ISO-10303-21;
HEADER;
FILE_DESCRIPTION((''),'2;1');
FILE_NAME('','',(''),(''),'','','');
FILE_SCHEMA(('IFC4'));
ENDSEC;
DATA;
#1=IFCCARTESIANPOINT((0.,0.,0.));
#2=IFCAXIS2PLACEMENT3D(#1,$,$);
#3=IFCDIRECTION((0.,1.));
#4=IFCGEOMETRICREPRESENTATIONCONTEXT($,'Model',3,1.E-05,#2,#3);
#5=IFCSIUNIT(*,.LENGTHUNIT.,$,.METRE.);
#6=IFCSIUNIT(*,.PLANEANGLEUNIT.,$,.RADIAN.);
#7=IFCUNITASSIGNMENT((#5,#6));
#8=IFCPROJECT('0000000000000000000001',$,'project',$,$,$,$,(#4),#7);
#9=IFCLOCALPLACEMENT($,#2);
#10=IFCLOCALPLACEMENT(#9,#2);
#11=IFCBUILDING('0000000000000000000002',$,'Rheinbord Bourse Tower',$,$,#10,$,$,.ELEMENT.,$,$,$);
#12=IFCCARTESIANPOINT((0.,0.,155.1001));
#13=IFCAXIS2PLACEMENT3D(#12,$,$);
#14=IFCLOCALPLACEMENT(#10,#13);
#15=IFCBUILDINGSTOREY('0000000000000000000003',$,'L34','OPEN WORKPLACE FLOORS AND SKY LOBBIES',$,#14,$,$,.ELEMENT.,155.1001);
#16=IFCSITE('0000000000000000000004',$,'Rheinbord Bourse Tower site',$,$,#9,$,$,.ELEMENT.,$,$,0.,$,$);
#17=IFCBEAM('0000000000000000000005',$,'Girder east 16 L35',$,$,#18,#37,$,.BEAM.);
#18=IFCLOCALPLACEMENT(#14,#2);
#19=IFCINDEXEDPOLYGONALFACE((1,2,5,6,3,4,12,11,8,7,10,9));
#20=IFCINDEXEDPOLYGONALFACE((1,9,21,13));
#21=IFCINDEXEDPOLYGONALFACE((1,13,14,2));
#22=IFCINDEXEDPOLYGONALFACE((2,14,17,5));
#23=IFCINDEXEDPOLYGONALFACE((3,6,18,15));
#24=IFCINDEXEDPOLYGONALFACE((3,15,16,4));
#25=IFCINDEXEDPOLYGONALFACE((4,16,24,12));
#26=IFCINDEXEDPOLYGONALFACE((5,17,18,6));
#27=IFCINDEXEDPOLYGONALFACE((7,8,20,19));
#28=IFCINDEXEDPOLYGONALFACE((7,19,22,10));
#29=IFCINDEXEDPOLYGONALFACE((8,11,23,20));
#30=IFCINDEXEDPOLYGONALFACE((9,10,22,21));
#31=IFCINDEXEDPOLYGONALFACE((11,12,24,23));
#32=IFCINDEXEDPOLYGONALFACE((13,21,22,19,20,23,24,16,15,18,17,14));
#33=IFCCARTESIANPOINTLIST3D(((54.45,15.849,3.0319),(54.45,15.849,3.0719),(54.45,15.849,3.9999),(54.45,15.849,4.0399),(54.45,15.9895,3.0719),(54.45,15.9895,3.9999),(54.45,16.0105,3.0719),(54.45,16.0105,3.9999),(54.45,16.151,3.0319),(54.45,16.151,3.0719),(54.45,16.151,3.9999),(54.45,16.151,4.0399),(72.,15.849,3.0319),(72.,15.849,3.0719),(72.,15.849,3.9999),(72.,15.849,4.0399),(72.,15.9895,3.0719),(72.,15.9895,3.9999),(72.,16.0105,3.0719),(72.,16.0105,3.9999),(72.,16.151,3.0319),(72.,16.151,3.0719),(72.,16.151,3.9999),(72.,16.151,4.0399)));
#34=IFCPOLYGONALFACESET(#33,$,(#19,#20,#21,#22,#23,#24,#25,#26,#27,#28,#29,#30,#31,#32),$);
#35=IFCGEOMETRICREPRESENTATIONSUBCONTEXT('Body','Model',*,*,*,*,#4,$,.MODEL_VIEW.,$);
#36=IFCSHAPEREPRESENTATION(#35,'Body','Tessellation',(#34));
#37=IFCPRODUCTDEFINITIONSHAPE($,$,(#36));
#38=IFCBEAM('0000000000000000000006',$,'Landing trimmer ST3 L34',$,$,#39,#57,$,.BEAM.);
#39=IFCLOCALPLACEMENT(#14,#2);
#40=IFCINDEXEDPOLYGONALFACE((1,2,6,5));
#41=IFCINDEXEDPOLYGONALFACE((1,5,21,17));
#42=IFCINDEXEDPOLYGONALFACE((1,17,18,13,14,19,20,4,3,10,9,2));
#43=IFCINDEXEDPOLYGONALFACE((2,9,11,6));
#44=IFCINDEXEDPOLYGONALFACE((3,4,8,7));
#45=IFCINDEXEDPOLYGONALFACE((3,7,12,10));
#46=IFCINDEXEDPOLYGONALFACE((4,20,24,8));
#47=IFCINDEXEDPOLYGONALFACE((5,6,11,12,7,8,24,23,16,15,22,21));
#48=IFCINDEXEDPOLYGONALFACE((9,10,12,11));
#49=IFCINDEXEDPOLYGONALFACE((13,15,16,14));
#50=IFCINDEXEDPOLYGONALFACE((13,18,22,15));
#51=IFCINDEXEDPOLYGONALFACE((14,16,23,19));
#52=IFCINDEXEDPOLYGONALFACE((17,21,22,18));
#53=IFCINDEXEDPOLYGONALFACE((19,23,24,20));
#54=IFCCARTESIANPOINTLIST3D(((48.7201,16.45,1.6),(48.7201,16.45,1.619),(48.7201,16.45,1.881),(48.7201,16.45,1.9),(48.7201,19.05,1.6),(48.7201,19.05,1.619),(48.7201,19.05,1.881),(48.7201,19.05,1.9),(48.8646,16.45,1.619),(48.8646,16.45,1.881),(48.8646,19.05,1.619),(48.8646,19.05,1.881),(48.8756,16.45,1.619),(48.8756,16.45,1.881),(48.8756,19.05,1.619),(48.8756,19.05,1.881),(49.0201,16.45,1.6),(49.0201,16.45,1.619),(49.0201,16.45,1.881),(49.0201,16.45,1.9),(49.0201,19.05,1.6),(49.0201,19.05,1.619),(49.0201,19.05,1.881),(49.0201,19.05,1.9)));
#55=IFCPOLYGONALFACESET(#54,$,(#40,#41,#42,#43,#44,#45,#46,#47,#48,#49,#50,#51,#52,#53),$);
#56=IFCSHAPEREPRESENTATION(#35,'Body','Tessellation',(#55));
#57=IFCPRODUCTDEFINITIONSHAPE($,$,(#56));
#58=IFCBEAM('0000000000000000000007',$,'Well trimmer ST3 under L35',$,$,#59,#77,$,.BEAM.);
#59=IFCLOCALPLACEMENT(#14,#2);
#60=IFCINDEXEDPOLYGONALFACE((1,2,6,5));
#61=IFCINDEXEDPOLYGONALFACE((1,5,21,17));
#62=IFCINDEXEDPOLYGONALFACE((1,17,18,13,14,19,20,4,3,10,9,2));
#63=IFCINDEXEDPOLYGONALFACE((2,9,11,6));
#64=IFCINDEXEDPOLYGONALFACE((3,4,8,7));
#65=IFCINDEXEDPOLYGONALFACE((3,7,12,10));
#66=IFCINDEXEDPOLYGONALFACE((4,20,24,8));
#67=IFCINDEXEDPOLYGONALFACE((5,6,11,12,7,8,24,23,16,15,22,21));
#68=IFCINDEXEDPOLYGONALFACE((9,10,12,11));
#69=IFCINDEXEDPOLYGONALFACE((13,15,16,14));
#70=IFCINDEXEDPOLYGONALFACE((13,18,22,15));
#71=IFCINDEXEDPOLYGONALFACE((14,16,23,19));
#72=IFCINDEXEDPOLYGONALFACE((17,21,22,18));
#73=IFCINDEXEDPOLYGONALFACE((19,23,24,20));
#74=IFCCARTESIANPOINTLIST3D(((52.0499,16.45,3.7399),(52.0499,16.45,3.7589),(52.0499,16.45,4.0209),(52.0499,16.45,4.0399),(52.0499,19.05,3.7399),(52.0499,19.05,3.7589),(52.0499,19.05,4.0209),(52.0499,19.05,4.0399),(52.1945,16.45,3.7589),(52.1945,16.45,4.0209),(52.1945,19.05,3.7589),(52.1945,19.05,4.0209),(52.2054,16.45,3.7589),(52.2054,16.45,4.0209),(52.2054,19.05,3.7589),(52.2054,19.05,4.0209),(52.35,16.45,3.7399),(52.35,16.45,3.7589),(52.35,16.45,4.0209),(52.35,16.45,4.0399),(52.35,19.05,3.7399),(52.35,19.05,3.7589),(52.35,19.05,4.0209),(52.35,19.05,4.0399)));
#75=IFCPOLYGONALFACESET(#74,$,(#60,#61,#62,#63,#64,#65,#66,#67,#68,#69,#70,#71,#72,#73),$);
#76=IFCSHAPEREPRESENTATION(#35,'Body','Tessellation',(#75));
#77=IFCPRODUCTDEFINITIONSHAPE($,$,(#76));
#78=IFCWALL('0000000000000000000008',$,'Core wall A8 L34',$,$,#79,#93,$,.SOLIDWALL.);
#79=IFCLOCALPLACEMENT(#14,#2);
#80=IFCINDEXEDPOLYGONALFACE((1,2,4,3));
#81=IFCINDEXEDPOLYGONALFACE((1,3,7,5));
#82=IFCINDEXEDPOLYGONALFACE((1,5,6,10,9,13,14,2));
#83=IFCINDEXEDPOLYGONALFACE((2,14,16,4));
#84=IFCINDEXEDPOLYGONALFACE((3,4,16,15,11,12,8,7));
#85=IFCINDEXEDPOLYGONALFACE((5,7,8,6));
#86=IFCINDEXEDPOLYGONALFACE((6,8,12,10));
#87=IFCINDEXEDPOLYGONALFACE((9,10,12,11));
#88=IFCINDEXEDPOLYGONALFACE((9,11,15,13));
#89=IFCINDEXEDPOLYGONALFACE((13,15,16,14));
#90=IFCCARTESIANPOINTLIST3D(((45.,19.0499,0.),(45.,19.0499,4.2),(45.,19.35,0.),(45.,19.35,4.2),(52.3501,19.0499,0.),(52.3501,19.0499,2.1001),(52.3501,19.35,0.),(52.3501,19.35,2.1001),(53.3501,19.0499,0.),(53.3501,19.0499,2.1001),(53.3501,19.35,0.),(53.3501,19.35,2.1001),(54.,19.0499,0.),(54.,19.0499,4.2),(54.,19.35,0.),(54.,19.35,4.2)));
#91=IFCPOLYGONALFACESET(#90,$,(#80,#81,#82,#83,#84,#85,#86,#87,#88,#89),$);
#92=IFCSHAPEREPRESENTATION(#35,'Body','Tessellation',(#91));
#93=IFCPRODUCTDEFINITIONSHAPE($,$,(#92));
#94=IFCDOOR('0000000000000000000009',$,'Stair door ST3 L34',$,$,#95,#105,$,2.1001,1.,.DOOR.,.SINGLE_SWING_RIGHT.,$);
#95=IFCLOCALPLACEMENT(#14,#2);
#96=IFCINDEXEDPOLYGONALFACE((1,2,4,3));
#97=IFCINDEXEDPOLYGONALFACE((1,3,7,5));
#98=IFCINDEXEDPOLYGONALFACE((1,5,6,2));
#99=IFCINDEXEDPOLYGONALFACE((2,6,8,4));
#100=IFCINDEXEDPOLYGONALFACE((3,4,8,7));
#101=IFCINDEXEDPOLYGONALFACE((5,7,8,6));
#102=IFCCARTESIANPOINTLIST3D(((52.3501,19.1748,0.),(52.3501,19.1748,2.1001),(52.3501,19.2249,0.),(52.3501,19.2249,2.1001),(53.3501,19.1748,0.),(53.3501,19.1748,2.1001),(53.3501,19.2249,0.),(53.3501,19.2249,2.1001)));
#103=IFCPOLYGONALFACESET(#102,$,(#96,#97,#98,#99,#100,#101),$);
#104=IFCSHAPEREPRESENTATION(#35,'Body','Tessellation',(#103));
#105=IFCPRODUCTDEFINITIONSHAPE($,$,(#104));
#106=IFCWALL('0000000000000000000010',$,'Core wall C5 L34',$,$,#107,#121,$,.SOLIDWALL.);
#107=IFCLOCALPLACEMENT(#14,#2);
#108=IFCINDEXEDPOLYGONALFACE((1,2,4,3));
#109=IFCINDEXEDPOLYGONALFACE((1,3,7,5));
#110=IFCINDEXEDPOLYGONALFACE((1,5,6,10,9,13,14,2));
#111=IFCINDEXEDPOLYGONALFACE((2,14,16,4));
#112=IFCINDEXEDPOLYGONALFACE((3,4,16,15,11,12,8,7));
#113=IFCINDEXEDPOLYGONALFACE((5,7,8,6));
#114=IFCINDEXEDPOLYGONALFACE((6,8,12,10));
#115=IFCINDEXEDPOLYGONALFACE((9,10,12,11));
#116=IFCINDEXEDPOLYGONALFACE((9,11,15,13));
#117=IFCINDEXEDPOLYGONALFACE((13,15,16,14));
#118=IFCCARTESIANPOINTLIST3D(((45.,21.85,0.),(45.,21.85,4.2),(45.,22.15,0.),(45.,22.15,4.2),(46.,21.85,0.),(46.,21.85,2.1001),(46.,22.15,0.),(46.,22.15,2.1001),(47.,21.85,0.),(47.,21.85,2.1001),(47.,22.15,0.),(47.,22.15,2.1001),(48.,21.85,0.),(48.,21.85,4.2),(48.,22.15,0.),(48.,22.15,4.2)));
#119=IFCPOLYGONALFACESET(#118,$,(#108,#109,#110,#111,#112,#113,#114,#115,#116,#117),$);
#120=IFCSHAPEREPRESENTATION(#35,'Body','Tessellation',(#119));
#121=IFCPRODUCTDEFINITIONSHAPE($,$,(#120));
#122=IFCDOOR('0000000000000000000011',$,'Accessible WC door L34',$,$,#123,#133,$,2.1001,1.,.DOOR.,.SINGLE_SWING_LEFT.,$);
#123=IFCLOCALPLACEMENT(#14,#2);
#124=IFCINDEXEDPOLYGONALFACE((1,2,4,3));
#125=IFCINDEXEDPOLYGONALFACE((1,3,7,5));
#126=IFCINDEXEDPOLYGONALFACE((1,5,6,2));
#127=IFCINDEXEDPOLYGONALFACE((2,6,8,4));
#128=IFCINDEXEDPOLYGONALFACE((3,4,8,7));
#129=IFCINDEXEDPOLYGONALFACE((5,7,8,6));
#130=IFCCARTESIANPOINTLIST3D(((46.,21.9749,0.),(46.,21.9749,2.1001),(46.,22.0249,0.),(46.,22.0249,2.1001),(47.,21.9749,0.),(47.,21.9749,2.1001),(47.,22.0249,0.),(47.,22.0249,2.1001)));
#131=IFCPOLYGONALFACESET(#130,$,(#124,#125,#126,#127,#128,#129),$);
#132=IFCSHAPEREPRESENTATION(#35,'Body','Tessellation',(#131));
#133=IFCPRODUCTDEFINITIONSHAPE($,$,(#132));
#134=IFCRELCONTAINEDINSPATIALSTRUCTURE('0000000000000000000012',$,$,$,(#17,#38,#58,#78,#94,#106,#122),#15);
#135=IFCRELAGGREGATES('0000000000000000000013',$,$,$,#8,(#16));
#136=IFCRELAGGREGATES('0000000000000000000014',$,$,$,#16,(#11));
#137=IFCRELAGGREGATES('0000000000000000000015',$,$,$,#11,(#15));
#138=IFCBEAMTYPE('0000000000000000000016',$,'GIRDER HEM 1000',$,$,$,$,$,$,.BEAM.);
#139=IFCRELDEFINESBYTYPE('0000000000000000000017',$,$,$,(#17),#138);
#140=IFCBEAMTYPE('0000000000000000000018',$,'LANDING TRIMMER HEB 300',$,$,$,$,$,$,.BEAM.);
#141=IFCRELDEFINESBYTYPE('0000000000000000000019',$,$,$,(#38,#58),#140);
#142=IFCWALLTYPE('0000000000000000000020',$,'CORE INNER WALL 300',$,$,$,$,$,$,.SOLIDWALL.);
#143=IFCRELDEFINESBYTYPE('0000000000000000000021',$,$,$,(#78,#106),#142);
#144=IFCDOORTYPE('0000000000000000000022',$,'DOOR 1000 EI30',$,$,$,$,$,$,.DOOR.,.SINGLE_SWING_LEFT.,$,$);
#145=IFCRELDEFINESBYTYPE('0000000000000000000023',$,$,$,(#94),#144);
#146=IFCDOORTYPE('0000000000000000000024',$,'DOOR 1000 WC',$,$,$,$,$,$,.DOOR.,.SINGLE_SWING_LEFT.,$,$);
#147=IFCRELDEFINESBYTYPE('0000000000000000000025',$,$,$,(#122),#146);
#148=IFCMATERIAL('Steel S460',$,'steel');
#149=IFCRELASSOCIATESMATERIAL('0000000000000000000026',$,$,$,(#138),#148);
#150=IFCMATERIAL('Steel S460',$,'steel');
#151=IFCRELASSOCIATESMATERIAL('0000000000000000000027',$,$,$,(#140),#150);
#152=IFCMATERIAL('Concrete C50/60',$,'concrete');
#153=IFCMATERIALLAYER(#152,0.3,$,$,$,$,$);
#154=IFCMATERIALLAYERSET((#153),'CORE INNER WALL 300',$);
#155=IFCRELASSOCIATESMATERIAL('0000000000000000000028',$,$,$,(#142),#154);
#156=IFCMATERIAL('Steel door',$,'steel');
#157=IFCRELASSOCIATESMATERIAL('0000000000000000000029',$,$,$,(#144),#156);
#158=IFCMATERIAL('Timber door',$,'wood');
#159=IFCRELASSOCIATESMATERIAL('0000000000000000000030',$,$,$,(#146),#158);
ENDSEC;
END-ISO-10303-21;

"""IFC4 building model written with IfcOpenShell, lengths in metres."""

from ifc_helpers import new_model, si_unit, direction, frame, frame_2d, origin, origin_2d, place, context, subcontext, project, spatial, rectangle, i_section, extrude, material, layer, layer_set, material_profile, profile_set, type_object, element, fill, save


model = new_model("IFC4")

# Units and contexts
model_context = context("Model", 3, precision=1e-05, world=origin(), true_north=direction((0.0, 1.0)))
body_context = subcontext(model_context, "Body", "Model", "MODEL_VIEW")
ifc_project = project(units=[si_unit("LENGTHUNIT", "METRE"), si_unit("PLANEANGLEUNIT", "RADIAN")], contexts=[model_context])

# Site, building, storey
site_placement = place(None, origin())
site = spatial("IfcSite", under=ifc_project, at=site_placement, Name="Rheinbord Bourse Tower site", CompositionType="ELEMENT", RefElevation=0.0)
building_placement = place(site_placement, origin())
building = spatial("IfcBuilding", under=site, at=building_placement, Name="Rheinbord Bourse Tower", CompositionType="ELEMENT")
storey_placement = place(building_placement, frame((0.0, 0.0, 155.1001)))
storey = spatial("IfcBuildingStorey", under=building, at=storey_placement, Name="L34", Description="OPEN WORKPLACE FLOORS AND SKY LOBBIES", CompositionType="ELEMENT", Elevation=155.1001)

# Beams
ifc_material_1 = material(Name="Steel S460", Category="steel")
ifc_material_profile_1 = material_profile(ifc_material_1, i_section(OverallWidth=0.302, OverallDepth=1.0081, WebThickness=0.021, FlangeThickness=0.04, at=origin_2d()), Name="HEM 1000")
ifc_profile_set_1 = profile_set([ifc_material_profile_1], Name="Steel S460")
beam_type_1 = type_object("IfcBeamType", Name="GIRDER HEM 1000", PredefinedType="BEAM", material=ifc_profile_set_1)
beam_placement = place(storey_placement, frame((54.45, 16.0, 3.5359), z_axis=(1.0, 0.0, 0.0), x_axis=(0.0, 1.0, 0.0)))
element("IfcBeam", 1, at=beam_placement, inside=storey, type_object=beam_type_1, Name="Girder east 16 L35", PredefinedType="BEAM", context=body_context, shape_type="SweptSolid", body=[
    extrude(i_section(OverallWidth=0.302, OverallDepth=1.0081, WebThickness=0.021, FlangeThickness=0.04, at=origin_2d()), origin(), (0.0, 0.0, 1.0), 17.55),
])
ifc_material_2 = material(Name="Steel S460", Category="steel")
ifc_material_profile_2 = material_profile(ifc_material_2, i_section(OverallWidth=0.3, OverallDepth=0.3, WebThickness=0.011, FlangeThickness=0.019, at=origin_2d()), Name="HEB 300")
ifc_profile_set_2 = profile_set([ifc_material_profile_2], Name="Steel S460")
beam_type_2 = type_object("IfcBeamType", Name="LANDING TRIMMER HEB 300", PredefinedType="BEAM", material=ifc_profile_set_2)
for number, where, z_axis, x_axis, name in (
    (2, (48.8701, 16.45, 1.75), (0.0, 1.0, 0.0), (-1.0, 0.0, 0.0), "Landing trimmer ST3 L34"),
    (3, (52.2, 16.45, 3.8899), (0.0, 1.0, 0.0), (-1.0, 0.0, 0.0), "Well trimmer ST3 under L35"),
):
    element("IfcBeam", number, at=place(storey_placement, frame(where, z_axis=z_axis, x_axis=x_axis)), inside=storey, type_object=beam_type_2, Name=name, PredefinedType="BEAM", context=body_context, shape_type="SweptSolid", body=[
        extrude(i_section(OverallWidth=0.3, OverallDepth=0.3, WebThickness=0.011, FlangeThickness=0.019, at=origin_2d()), origin(), (0.0, 0.0, 1.0), 2.6001),
    ])

# Walls, openings, doors
ifc_material_3 = material(Name="Concrete C50/60", Category="concrete")
ifc_layer_1 = layer(ifc_material_3, 0.3)
ifc_layer_set_1 = layer_set([ifc_layer_1], Name="CORE INNER WALL 300")
wall_type_1 = type_object("IfcWallType", Name="CORE INNER WALL 300", PredefinedType="SOLIDWALL", material=ifc_layer_set_1)
wall_1_placement = place(storey_placement, frame((45.0, 19.2, 0.0), z_axis=(0.0, 0.0, 1.0), x_axis=(1.0, 0.0, 0.0)))
wall_1 = element("IfcWall", 4, at=wall_1_placement, inside=storey, type_object=wall_type_1, Name="Core wall A8 L34", PredefinedType="SOLIDWALL", context=body_context, shape_type="SweptSolid", body=[
    extrude(rectangle(XDim=9.0, YDim=0.3, at=frame_2d((4.5, 0.0))), origin(), (0.0, 0.0, 1.0), 4.2),
])
opening_1_placement = place(wall_1_placement, frame((7.3501, 0.0, 0.0)))
opening_1 = element("IfcOpeningElement", 5, at=opening_1_placement, cuts=wall_1, PredefinedType="OPENING", context=body_context, shape_type="SweptSolid", body=[
    extrude(rectangle(XDim=1.0, YDim=2.1001, at=frame_2d((0.5, 1.05))), frame((0.0, 0.1599, 0.0), z_axis=(0.0, -1.0, 0.0), x_axis=(1.0, 0.0, 0.0)), (0.0, 0.0, 1.0), 0.3201),
])
ifc_material_4 = material(Name="Steel door", Category="steel")
door_type_1 = type_object("IfcDoorType", Name="DOOR 1000 EI30", OperationType="SINGLE_SWING_LEFT", PredefinedType="DOOR", material=ifc_material_4)
door_1_placement = place(opening_1_placement, origin())
door_1 = element("IfcDoor", 6, at=door_1_placement, inside=storey, type_object=door_type_1, Name="Stair door ST3 L34", OperationType="SINGLE_SWING_RIGHT", OverallHeight=2.1001, OverallWidth=1.0, PredefinedType="DOOR", context=body_context, shape_type="SweptSolid", body=[
    extrude(rectangle(XDim=1.0, YDim=2.1001, at=frame_2d((0.5, 1.05))), frame((0.0, 0.0249, 0.0), z_axis=(0.0, -1.0, 0.0), x_axis=(1.0, 0.0, 0.0)), (0.0, 0.0, 1.0), 0.05),
])
fill(opening_1, door_1)
wall_2_placement = place(storey_placement, frame((45.0, 22.0, 0.0), z_axis=(0.0, 0.0, 1.0), x_axis=(1.0, 0.0, 0.0)))
wall_2 = element("IfcWall", 7, at=wall_2_placement, inside=storey, type_object=wall_type_1, Name="Core wall C5 L34", PredefinedType="SOLIDWALL", context=body_context, shape_type="SweptSolid", body=[
    extrude(rectangle(XDim=3.0, YDim=0.3, at=frame_2d((1.5, 0.0))), origin(), (0.0, 0.0, 1.0), 4.2),
])
opening_2_placement = place(wall_2_placement, frame((1.0, 0.0, 0.0)))
opening_2 = element("IfcOpeningElement", 8, at=opening_2_placement, cuts=wall_2, PredefinedType="OPENING", context=body_context, shape_type="SweptSolid", body=[
    extrude(rectangle(XDim=1.0, YDim=2.1001, at=frame_2d((0.5, 1.05))), frame((0.0, 0.1599, 0.0), z_axis=(0.0, -1.0, 0.0), x_axis=(1.0, 0.0, 0.0)), (0.0, 0.0, 1.0), 0.3201),
])
ifc_material_5 = material(Name="Timber door", Category="wood")
door_type_2 = type_object("IfcDoorType", Name="DOOR 1000 WC", OperationType="SINGLE_SWING_LEFT", PredefinedType="DOOR", material=ifc_material_5)
door_2_placement = place(opening_2_placement, origin())
door_2 = element("IfcDoor", 9, at=door_2_placement, inside=storey, type_object=door_type_2, Name="Accessible WC door L34", OperationType="SINGLE_SWING_LEFT", OverallHeight=2.1001, OverallWidth=1.0, PredefinedType="DOOR", context=body_context, shape_type="SweptSolid", body=[
    extrude(rectangle(XDim=1.0, YDim=2.1001, at=frame_2d((0.5, 1.05))), frame((0.0, 0.0249, 0.0), z_axis=(0.0, -1.0, 0.0), x_axis=(1.0, 0.0, 0.0)), (0.0, 0.0, 1.0), 0.05),
])
fill(opening_2, door_2)

save(model, "model.ifc")
